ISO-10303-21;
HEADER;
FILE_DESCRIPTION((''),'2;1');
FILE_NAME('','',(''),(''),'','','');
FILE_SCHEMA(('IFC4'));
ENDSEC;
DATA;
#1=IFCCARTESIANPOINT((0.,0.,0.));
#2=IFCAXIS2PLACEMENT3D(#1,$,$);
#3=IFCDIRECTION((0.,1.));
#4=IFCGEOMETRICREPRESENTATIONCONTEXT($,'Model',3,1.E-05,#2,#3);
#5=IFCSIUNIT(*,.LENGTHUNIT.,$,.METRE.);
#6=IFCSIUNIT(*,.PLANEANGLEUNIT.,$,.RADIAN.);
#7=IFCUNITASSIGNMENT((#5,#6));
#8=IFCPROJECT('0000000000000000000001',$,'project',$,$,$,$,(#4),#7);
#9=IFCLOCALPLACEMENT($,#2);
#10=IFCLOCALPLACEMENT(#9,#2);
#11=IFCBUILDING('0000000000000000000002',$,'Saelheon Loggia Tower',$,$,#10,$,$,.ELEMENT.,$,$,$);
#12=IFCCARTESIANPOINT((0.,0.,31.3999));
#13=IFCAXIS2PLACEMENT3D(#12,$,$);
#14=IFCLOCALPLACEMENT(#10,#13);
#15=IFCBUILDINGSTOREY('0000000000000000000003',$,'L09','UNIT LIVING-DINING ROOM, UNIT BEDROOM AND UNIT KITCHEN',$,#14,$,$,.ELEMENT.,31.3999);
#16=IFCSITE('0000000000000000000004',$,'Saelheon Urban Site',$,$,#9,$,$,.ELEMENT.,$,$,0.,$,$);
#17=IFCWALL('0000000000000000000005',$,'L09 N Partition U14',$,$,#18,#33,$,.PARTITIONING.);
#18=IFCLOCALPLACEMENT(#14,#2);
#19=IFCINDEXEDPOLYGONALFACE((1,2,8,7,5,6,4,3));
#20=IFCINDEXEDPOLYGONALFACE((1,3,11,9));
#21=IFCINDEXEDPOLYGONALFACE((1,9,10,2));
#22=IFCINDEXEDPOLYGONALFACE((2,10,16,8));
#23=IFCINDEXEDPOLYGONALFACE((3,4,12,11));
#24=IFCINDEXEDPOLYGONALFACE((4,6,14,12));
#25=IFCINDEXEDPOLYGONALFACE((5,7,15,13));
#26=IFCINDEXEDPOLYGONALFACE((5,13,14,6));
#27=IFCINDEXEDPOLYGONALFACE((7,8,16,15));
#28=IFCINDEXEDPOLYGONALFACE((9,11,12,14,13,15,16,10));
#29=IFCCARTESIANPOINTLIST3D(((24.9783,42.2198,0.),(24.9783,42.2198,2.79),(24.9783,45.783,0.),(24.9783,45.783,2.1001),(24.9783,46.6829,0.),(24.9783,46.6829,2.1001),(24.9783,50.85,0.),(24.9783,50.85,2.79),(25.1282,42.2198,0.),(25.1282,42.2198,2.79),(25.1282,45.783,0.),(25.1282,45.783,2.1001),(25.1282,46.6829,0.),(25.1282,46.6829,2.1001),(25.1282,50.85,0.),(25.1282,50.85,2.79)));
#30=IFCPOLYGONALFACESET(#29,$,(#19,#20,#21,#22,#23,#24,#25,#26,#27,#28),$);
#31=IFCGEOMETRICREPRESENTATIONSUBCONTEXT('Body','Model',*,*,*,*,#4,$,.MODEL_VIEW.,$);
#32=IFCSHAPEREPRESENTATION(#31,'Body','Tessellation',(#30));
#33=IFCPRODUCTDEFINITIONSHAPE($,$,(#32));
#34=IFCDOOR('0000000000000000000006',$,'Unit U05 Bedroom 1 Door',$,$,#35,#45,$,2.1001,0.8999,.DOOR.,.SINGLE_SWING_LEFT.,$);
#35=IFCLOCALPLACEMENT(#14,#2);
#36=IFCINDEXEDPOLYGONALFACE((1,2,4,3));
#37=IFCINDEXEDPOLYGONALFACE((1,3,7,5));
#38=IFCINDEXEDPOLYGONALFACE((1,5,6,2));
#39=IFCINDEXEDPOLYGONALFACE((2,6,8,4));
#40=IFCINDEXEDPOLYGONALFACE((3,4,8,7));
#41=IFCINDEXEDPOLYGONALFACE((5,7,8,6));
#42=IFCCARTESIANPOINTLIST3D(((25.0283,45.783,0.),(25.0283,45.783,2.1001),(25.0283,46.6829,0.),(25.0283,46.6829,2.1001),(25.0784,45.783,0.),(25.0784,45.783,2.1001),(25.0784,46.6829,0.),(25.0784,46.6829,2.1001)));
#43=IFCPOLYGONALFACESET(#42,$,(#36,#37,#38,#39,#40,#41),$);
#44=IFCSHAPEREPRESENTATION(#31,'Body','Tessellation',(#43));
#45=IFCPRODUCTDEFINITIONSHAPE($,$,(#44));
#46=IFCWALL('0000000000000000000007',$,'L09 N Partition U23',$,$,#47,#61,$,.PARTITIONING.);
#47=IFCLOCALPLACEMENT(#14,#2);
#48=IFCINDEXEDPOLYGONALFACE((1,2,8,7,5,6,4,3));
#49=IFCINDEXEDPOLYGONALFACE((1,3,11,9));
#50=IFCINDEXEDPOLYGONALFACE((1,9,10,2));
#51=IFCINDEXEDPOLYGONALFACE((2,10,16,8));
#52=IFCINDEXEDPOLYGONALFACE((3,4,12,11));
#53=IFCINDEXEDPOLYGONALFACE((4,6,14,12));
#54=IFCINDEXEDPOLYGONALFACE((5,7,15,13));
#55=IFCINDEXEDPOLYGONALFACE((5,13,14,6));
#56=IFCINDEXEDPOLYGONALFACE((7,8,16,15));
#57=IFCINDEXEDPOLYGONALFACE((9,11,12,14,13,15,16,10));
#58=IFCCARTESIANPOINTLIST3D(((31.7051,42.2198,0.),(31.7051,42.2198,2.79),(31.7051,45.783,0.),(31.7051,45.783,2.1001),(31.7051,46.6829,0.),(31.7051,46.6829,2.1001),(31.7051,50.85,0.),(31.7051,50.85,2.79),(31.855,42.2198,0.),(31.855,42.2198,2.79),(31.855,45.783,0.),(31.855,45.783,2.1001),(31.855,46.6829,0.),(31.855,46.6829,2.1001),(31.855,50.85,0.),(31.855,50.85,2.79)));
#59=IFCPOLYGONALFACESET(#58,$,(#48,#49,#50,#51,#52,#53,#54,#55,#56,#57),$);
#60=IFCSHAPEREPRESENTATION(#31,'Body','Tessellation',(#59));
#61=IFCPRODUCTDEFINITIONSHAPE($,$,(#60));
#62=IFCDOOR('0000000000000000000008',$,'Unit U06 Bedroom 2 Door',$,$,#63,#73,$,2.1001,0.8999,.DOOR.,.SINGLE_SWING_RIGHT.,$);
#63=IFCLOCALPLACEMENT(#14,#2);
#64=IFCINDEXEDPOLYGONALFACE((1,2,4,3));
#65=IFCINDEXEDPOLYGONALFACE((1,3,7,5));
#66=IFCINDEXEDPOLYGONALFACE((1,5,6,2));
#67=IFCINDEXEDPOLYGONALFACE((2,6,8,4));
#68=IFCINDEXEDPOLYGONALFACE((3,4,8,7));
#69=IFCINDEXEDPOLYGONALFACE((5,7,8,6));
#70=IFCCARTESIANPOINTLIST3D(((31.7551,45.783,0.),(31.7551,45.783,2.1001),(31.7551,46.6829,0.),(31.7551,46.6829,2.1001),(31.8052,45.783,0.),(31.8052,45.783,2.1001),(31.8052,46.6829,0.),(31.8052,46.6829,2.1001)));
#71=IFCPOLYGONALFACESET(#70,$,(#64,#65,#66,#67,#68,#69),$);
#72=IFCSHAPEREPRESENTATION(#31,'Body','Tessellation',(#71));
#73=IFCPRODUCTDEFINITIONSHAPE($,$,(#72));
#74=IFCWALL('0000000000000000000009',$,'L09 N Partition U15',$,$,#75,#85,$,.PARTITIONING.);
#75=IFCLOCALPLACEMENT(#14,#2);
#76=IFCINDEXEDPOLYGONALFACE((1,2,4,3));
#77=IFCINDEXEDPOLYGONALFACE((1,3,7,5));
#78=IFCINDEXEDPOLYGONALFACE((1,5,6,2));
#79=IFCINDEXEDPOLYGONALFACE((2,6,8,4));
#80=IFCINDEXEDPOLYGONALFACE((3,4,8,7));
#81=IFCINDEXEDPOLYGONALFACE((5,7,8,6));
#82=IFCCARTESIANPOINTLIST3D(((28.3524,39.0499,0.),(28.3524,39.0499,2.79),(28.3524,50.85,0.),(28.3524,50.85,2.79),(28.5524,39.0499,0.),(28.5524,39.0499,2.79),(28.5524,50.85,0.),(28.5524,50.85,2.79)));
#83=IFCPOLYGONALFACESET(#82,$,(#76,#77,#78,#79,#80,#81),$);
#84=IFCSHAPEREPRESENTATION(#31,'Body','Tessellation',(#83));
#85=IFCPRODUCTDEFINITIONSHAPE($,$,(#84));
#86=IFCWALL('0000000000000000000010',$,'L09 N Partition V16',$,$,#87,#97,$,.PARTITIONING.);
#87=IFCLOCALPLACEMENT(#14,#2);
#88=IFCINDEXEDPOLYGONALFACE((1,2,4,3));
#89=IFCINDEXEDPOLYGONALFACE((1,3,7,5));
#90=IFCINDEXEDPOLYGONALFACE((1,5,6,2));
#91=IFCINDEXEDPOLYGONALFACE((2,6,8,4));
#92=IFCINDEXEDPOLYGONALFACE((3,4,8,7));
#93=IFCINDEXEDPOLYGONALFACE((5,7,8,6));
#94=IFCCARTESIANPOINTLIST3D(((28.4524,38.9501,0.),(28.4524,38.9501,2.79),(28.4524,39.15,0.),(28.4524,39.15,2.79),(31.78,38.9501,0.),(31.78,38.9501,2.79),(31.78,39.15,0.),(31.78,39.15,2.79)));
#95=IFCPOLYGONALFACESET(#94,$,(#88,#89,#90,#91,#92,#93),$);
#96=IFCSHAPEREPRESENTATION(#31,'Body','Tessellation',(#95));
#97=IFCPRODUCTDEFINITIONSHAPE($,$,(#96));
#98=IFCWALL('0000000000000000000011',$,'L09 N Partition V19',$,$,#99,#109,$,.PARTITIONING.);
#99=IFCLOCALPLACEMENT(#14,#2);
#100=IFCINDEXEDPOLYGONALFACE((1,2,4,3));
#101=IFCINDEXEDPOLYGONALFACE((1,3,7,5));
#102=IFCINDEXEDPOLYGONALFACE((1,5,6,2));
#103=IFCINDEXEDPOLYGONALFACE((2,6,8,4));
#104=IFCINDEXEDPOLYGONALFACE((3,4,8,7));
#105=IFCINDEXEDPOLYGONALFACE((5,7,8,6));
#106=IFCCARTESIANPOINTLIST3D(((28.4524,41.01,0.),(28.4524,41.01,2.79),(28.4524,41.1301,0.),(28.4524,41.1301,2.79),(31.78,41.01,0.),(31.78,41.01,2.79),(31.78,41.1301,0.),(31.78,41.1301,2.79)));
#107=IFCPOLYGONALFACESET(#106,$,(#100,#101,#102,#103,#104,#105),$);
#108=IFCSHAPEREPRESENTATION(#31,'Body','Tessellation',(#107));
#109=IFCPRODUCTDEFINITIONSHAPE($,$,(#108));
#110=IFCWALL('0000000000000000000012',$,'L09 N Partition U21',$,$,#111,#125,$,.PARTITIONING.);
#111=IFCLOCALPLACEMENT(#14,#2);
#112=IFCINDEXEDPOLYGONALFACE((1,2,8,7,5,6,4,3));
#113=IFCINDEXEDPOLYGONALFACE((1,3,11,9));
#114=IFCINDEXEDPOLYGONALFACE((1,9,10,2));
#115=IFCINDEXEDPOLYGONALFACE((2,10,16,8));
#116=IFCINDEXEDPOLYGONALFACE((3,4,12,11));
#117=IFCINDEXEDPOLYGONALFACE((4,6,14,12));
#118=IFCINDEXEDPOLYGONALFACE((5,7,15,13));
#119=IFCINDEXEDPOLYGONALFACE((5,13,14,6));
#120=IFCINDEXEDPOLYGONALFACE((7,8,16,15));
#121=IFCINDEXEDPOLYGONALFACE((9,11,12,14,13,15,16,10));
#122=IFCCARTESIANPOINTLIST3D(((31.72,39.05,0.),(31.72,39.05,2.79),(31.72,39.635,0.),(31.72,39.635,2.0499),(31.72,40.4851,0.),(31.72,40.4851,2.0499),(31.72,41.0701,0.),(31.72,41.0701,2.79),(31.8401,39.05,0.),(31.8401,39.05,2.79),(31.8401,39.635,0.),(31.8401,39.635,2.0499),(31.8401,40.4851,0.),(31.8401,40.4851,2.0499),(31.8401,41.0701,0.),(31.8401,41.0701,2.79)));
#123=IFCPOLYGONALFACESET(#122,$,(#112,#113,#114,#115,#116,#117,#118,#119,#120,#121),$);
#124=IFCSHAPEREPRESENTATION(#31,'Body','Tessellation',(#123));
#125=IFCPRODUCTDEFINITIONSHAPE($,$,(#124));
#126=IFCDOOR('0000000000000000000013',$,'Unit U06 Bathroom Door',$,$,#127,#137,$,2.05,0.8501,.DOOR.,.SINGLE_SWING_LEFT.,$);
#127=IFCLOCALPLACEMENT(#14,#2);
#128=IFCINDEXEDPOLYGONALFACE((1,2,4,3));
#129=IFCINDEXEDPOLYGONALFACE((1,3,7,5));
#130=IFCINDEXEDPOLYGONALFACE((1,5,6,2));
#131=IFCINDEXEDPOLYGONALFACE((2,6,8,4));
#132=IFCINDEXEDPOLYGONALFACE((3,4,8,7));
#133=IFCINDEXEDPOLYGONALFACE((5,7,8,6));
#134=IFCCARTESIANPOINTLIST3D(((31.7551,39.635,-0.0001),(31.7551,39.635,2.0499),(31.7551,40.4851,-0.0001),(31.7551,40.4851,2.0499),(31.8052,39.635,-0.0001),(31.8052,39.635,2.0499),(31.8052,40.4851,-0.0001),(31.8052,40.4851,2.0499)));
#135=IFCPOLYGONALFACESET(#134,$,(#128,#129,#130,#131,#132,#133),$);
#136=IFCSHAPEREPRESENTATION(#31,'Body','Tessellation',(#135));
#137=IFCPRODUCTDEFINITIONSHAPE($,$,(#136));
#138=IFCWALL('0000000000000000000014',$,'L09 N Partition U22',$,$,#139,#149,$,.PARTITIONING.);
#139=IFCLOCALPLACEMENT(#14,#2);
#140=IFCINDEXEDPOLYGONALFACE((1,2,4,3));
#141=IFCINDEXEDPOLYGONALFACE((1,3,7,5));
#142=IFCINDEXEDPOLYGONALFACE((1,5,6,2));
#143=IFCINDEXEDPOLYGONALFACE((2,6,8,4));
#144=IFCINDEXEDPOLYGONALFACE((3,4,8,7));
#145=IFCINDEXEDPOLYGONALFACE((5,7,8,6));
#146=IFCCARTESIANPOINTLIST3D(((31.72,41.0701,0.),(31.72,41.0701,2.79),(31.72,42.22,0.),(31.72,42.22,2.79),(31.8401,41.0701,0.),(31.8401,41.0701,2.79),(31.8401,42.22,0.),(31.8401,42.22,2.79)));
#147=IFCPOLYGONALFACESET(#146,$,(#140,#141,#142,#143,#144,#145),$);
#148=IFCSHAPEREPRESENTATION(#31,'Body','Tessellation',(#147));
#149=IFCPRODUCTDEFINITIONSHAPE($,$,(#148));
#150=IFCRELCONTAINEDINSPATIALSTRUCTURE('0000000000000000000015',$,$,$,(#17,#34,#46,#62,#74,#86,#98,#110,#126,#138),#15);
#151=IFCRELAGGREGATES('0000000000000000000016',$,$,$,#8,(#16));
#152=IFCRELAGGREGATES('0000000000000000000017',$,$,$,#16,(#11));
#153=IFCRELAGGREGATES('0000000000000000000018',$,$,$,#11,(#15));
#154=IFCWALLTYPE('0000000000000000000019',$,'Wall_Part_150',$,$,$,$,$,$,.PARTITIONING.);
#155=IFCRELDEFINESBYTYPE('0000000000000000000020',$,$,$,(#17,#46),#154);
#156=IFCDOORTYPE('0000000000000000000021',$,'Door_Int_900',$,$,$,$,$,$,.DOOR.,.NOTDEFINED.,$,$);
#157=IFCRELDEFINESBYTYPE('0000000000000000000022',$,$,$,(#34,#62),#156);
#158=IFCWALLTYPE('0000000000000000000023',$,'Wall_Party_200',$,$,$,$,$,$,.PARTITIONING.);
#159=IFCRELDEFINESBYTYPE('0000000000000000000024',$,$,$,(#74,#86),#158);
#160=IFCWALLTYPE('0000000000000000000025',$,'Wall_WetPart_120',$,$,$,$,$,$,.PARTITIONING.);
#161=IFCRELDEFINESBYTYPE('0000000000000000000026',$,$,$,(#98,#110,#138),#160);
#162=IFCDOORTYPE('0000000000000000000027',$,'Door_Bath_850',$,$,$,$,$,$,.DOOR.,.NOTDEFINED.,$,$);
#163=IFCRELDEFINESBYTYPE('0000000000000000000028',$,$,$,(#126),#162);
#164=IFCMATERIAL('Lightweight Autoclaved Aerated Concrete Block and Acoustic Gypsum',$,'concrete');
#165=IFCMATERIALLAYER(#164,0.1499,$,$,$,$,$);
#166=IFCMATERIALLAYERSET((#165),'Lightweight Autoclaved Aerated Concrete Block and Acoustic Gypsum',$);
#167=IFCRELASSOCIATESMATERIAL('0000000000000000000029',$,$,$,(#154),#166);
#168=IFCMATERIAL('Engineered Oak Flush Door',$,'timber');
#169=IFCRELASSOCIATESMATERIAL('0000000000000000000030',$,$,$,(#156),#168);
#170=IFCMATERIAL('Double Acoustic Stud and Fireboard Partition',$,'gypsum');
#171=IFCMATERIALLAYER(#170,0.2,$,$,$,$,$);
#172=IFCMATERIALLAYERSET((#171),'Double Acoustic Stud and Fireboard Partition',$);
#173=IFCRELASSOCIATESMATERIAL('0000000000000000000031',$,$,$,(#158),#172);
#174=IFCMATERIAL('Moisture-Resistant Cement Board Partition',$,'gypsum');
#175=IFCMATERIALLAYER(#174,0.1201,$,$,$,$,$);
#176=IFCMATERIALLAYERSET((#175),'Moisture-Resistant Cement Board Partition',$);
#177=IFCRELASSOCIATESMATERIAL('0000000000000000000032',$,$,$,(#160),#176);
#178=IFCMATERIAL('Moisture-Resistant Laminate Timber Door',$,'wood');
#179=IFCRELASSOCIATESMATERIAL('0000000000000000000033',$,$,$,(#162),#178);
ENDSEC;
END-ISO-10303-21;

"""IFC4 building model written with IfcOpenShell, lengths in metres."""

from ifc_helpers import new_model, si_unit, direction, frame, frame_2d, origin, place, context, subcontext, project, spatial, rectangle, extrude, source, transform, mapped, material, layer, layer_set, type_object, element, fill, save


model = new_model("IFC4")

# Units and contexts
model_context = context("Model", 3, precision=1e-05, world=origin(), true_north=direction((0.0, 1.0)))
body_context = subcontext(model_context, "Body", "Model", "MODEL_VIEW")
ifc_project = project(units=[si_unit("LENGTHUNIT", "METRE"), si_unit("PLANEANGLEUNIT", "RADIAN")], contexts=[model_context])

# Site, building, storey
site_placement = place(None, origin())
site = spatial("IfcSite", under=ifc_project, at=site_placement, Name="Saelheon Urban Site", CompositionType="ELEMENT", RefElevation=0.0)
building_placement = place(site_placement, origin())
building = spatial("IfcBuilding", under=site, at=building_placement, Name="Saelheon Loggia Tower", CompositionType="ELEMENT")
storey_placement = place(building_placement, frame((0.0, 0.0, 31.3999)))
storey = spatial("IfcBuildingStorey", under=building, at=storey_placement, Name="L09", Description="UNIT LIVING-DINING ROOM, UNIT BEDROOM AND UNIT KITCHEN", CompositionType="ELEMENT", Elevation=31.3999)

# Shared definitions
ifc_material_1 = material(Name="Lightweight Autoclaved Aerated Concrete Block and Acoustic Gypsum", Category="concrete")
ifc_layer_1 = layer(ifc_material_1, 0.1499)
ifc_layer_set_1 = layer_set([ifc_layer_1], Name="Lightweight Autoclaved Aerated Concrete Block and Acoustic Gypsum")
wall_type_1 = type_object("IfcWallType", Name="Wall_Part_150", PredefinedType="PARTITIONING", material=ifc_layer_set_1)

# Walls, openings, doors
ifc_material_2 = material(Name="Engineered Oak Flush Door", Category="timber")
door_type_1 = type_object("IfcDoorType", Name="Door_Int_900", OperationType="NOTDEFINED", PredefinedType="DOOR", material=ifc_material_2)
shared_shape_1 = source(origin(), body_context, "Body", "SweptSolid", [
    extrude(rectangle(XDim=0.8999, YDim=2.1001, at=frame_2d((0.45, 1.05))), frame((0.0, 0.0249, 0.0), z_axis=(0.0, -1.0, 0.0), x_axis=(1.0, 0.0, 0.0)), (0.0, 0.0, 1.0), 0.05),
])
wall_1_placement = place(storey_placement, frame((25.0532, 42.22, 0.0), z_axis=(0.0, 0.0, 1.0), x_axis=(0.0, 1.0, 0.0)))
wall_1 = element("IfcWall", 1, at=wall_1_placement, inside=storey, type_object=wall_type_1, Name="L09 N Partition U14", PredefinedType="PARTITIONING", context=body_context, shape_type="SweptSolid", body=[
    extrude(rectangle(XDim=8.6301, YDim=0.1499, at=frame_2d((4.3149, 0.0))), origin(), (0.0, 0.0, 1.0), 2.79),
])
opening_1_placement = place(wall_1_placement, frame((3.563, 0.0, 0.0)))
opening_1 = element("IfcOpeningElement", 2, at=opening_1_placement, cuts=wall_1, PredefinedType="OPENING", context=body_context, shape_type="SweptSolid", body=[
    extrude(rectangle(XDim=0.8999, YDim=2.1001, at=frame_2d((0.45, 1.05))), frame((0.0, 0.0869, 0.0), z_axis=(0.0, -1.0, 0.0), x_axis=(1.0, 0.0, 0.0)), (0.0, 0.0, 1.0), 0.1738),
])
door_1_placement = place(opening_1_placement, origin())
door_1 = element("IfcDoor", 3, at=door_1_placement, inside=storey, type_object=door_type_1, Name="Unit U05 Bedroom 1 Door", OperationType="SINGLE_SWING_LEFT", OverallHeight=2.1001, OverallWidth=0.8999, PredefinedType="DOOR", context=body_context, shape_type="MappedRepresentation", body=[
    mapped(shared_shape_1, transform((0.0, 0.0, 0.0), scale=1.0)),
])
fill(opening_1, door_1)
wall_2_placement = place(storey_placement, frame((31.78, 42.22, 0.0), z_axis=(0.0, 0.0, 1.0), x_axis=(0.0, 1.0, 0.0)))
wall_2 = element("IfcWall", 4, at=wall_2_placement, inside=storey, type_object=wall_type_1, Name="L09 N Partition U23", PredefinedType="PARTITIONING", context=body_context, shape_type="SweptSolid", body=[
    extrude(rectangle(XDim=8.6301, YDim=0.1499, at=frame_2d((4.3149, 0.0))), origin(), (0.0, 0.0, 1.0), 2.79),
])
opening_2_placement = place(wall_2_placement, frame((3.563, 0.0, 0.0)))
opening_2 = element("IfcOpeningElement", 5, at=opening_2_placement, cuts=wall_2, PredefinedType="OPENING", context=body_context, shape_type="SweptSolid", body=[
    extrude(rectangle(XDim=0.8999, YDim=2.1001, at=frame_2d((0.45, 1.05))), frame((0.0, 0.0869, 0.0), z_axis=(0.0, -1.0, 0.0), x_axis=(1.0, 0.0, 0.0)), (0.0, 0.0, 1.0), 0.1738),
])
door_2_placement = place(opening_2_placement, origin())
door_2 = element("IfcDoor", 6, at=door_2_placement, inside=storey, type_object=door_type_1, Name="Unit U06 Bedroom 2 Door", OperationType="SINGLE_SWING_RIGHT", OverallHeight=2.1001, OverallWidth=0.8999, PredefinedType="DOOR", context=body_context, shape_type="MappedRepresentation", body=[
    mapped(shared_shape_1, transform((0.0, 0.0, 0.0), scale=1.0)),
])
fill(opening_2, door_2)

# Walls
ifc_material_3 = material(Name="Double Acoustic Stud and Fireboard Partition", Category="gypsum")
ifc_layer_2 = layer(ifc_material_3, 0.2)
ifc_layer_set_2 = layer_set([ifc_layer_2], Name="Double Acoustic Stud and Fireboard Partition")
wall_type_2 = type_object("IfcWallType", Name="Wall_Party_200", PredefinedType="PARTITIONING", material=ifc_layer_set_2)
wall_3_placement = place(storey_placement, frame((28.4524, 39.05, 0.0), z_axis=(0.0, 0.0, 1.0), x_axis=(0.0, 1.0, 0.0)))
element("IfcWall", 7, at=wall_3_placement, inside=storey, type_object=wall_type_2, Name="L09 N Partition U15", PredefinedType="PARTITIONING", context=body_context, shape_type="SweptSolid", body=[
    extrude(rectangle(XDim=11.8, YDim=0.2, at=frame_2d((5.8999, 0.0))), origin(), (0.0, 0.0, 1.0), 2.79),
])
wall_4_placement = place(storey_placement, frame((28.4524, 39.05, 0.0), z_axis=(0.0, 0.0, 1.0), x_axis=(1.0, 0.0, 0.0)))
element("IfcWall", 8, at=wall_4_placement, inside=storey, type_object=wall_type_2, Name="L09 N Partition V16", PredefinedType="PARTITIONING", context=body_context, shape_type="SweptSolid", body=[
    extrude(rectangle(XDim=3.3276, YDim=0.2, at=frame_2d((1.6638, 0.0))), origin(), (0.0, 0.0, 1.0), 2.79),
])

# Wall
ifc_material_4 = material(Name="Moisture-Resistant Cement Board Partition", Category="gypsum")
ifc_layer_3 = layer(ifc_material_4, 0.1201)
ifc_layer_set_3 = layer_set([ifc_layer_3], Name="Moisture-Resistant Cement Board Partition")
wall_type_3 = type_object("IfcWallType", Name="Wall_WetPart_120", PredefinedType="PARTITIONING", material=ifc_layer_set_3)
wall_5_placement = place(storey_placement, frame((28.4524, 41.0701, 0.0), z_axis=(0.0, 0.0, 1.0), x_axis=(1.0, 0.0, 0.0)))
element("IfcWall", 9, at=wall_5_placement, inside=storey, type_object=wall_type_3, Name="L09 N Partition V19", PredefinedType="PARTITIONING", context=body_context, shape_type="SweptSolid", body=[
    extrude(rectangle(XDim=3.3276, YDim=0.1201, at=frame_2d((1.6638, 0.0))), origin(), (0.0, 0.0, 1.0), 2.79),
])

# Wall, opening, door
wall_6_placement = place(storey_placement, frame((31.78, 39.05, 0.0), z_axis=(0.0, 0.0, 1.0), x_axis=(0.0, 1.0, 0.0)))
wall_6 = element("IfcWall", 10, at=wall_6_placement, inside=storey, type_object=wall_type_3, Name="L09 N Partition U21", PredefinedType="PARTITIONING", context=body_context, shape_type="SweptSolid", body=[
    extrude(rectangle(XDim=2.02, YDim=0.1201, at=frame_2d((1.01, 0.0))), origin(), (0.0, 0.0, 1.0), 2.79),
])
opening_3_placement = place(wall_6_placement, frame((0.585, 0.0, 0.0)))
opening_3 = element("IfcOpeningElement", 11, at=opening_3_placement, cuts=wall_6, PredefinedType="OPENING", context=body_context, shape_type="SweptSolid", body=[
    extrude(rectangle(XDim=0.8501, YDim=2.05, at=frame_2d((0.425, 1.0249))), frame((0.0, 0.072, 0.0), z_axis=(0.0, -1.0, 0.0), x_axis=(1.0, 0.0, 0.0)), (0.0, 0.0, 1.0), 0.144),
])
ifc_material_5 = material(Name="Moisture-Resistant Laminate Timber Door", Category="wood")
door_type_2 = type_object("IfcDoorType", Name="Door_Bath_850", OperationType="NOTDEFINED", PredefinedType="DOOR", material=ifc_material_5)
shared_shape_2 = source(origin(), body_context, "Body", "SweptSolid", [
    extrude(rectangle(XDim=0.8501, YDim=2.05, at=frame_2d((0.425, 1.0249))), frame((0.0, 0.0249, 0.0), z_axis=(0.0, -1.0, 0.0), x_axis=(1.0, 0.0, 0.0)), (0.0, 0.0, 1.0), 0.05),
])
door_3_placement = place(opening_3_placement, origin())
door_3 = element("IfcDoor", 12, at=door_3_placement, inside=storey, type_object=door_type_2, Name="Unit U06 Bathroom Door", OperationType="SINGLE_SWING_LEFT", OverallHeight=2.05, OverallWidth=0.8501, PredefinedType="DOOR", context=body_context, shape_type="MappedRepresentation", body=[
    mapped(shared_shape_2, transform((0.0, 0.0, 0.0), scale=1.0)),
])
fill(opening_3, door_3)

# Wall
wall_7_placement = place(storey_placement, frame((31.78, 41.0701, 0.0), z_axis=(0.0, 0.0, 1.0), x_axis=(0.0, 1.0, 0.0)))
element("IfcWall", 13, at=wall_7_placement, inside=storey, type_object=wall_type_3, Name="L09 N Partition U22", PredefinedType="PARTITIONING", context=body_context, shape_type="SweptSolid", body=[
    extrude(rectangle(XDim=1.1499, YDim=0.1201, at=frame_2d((0.575, 0.0))), origin(), (0.0, 0.0, 1.0), 2.79),
])

save(model, "model.ifc")
